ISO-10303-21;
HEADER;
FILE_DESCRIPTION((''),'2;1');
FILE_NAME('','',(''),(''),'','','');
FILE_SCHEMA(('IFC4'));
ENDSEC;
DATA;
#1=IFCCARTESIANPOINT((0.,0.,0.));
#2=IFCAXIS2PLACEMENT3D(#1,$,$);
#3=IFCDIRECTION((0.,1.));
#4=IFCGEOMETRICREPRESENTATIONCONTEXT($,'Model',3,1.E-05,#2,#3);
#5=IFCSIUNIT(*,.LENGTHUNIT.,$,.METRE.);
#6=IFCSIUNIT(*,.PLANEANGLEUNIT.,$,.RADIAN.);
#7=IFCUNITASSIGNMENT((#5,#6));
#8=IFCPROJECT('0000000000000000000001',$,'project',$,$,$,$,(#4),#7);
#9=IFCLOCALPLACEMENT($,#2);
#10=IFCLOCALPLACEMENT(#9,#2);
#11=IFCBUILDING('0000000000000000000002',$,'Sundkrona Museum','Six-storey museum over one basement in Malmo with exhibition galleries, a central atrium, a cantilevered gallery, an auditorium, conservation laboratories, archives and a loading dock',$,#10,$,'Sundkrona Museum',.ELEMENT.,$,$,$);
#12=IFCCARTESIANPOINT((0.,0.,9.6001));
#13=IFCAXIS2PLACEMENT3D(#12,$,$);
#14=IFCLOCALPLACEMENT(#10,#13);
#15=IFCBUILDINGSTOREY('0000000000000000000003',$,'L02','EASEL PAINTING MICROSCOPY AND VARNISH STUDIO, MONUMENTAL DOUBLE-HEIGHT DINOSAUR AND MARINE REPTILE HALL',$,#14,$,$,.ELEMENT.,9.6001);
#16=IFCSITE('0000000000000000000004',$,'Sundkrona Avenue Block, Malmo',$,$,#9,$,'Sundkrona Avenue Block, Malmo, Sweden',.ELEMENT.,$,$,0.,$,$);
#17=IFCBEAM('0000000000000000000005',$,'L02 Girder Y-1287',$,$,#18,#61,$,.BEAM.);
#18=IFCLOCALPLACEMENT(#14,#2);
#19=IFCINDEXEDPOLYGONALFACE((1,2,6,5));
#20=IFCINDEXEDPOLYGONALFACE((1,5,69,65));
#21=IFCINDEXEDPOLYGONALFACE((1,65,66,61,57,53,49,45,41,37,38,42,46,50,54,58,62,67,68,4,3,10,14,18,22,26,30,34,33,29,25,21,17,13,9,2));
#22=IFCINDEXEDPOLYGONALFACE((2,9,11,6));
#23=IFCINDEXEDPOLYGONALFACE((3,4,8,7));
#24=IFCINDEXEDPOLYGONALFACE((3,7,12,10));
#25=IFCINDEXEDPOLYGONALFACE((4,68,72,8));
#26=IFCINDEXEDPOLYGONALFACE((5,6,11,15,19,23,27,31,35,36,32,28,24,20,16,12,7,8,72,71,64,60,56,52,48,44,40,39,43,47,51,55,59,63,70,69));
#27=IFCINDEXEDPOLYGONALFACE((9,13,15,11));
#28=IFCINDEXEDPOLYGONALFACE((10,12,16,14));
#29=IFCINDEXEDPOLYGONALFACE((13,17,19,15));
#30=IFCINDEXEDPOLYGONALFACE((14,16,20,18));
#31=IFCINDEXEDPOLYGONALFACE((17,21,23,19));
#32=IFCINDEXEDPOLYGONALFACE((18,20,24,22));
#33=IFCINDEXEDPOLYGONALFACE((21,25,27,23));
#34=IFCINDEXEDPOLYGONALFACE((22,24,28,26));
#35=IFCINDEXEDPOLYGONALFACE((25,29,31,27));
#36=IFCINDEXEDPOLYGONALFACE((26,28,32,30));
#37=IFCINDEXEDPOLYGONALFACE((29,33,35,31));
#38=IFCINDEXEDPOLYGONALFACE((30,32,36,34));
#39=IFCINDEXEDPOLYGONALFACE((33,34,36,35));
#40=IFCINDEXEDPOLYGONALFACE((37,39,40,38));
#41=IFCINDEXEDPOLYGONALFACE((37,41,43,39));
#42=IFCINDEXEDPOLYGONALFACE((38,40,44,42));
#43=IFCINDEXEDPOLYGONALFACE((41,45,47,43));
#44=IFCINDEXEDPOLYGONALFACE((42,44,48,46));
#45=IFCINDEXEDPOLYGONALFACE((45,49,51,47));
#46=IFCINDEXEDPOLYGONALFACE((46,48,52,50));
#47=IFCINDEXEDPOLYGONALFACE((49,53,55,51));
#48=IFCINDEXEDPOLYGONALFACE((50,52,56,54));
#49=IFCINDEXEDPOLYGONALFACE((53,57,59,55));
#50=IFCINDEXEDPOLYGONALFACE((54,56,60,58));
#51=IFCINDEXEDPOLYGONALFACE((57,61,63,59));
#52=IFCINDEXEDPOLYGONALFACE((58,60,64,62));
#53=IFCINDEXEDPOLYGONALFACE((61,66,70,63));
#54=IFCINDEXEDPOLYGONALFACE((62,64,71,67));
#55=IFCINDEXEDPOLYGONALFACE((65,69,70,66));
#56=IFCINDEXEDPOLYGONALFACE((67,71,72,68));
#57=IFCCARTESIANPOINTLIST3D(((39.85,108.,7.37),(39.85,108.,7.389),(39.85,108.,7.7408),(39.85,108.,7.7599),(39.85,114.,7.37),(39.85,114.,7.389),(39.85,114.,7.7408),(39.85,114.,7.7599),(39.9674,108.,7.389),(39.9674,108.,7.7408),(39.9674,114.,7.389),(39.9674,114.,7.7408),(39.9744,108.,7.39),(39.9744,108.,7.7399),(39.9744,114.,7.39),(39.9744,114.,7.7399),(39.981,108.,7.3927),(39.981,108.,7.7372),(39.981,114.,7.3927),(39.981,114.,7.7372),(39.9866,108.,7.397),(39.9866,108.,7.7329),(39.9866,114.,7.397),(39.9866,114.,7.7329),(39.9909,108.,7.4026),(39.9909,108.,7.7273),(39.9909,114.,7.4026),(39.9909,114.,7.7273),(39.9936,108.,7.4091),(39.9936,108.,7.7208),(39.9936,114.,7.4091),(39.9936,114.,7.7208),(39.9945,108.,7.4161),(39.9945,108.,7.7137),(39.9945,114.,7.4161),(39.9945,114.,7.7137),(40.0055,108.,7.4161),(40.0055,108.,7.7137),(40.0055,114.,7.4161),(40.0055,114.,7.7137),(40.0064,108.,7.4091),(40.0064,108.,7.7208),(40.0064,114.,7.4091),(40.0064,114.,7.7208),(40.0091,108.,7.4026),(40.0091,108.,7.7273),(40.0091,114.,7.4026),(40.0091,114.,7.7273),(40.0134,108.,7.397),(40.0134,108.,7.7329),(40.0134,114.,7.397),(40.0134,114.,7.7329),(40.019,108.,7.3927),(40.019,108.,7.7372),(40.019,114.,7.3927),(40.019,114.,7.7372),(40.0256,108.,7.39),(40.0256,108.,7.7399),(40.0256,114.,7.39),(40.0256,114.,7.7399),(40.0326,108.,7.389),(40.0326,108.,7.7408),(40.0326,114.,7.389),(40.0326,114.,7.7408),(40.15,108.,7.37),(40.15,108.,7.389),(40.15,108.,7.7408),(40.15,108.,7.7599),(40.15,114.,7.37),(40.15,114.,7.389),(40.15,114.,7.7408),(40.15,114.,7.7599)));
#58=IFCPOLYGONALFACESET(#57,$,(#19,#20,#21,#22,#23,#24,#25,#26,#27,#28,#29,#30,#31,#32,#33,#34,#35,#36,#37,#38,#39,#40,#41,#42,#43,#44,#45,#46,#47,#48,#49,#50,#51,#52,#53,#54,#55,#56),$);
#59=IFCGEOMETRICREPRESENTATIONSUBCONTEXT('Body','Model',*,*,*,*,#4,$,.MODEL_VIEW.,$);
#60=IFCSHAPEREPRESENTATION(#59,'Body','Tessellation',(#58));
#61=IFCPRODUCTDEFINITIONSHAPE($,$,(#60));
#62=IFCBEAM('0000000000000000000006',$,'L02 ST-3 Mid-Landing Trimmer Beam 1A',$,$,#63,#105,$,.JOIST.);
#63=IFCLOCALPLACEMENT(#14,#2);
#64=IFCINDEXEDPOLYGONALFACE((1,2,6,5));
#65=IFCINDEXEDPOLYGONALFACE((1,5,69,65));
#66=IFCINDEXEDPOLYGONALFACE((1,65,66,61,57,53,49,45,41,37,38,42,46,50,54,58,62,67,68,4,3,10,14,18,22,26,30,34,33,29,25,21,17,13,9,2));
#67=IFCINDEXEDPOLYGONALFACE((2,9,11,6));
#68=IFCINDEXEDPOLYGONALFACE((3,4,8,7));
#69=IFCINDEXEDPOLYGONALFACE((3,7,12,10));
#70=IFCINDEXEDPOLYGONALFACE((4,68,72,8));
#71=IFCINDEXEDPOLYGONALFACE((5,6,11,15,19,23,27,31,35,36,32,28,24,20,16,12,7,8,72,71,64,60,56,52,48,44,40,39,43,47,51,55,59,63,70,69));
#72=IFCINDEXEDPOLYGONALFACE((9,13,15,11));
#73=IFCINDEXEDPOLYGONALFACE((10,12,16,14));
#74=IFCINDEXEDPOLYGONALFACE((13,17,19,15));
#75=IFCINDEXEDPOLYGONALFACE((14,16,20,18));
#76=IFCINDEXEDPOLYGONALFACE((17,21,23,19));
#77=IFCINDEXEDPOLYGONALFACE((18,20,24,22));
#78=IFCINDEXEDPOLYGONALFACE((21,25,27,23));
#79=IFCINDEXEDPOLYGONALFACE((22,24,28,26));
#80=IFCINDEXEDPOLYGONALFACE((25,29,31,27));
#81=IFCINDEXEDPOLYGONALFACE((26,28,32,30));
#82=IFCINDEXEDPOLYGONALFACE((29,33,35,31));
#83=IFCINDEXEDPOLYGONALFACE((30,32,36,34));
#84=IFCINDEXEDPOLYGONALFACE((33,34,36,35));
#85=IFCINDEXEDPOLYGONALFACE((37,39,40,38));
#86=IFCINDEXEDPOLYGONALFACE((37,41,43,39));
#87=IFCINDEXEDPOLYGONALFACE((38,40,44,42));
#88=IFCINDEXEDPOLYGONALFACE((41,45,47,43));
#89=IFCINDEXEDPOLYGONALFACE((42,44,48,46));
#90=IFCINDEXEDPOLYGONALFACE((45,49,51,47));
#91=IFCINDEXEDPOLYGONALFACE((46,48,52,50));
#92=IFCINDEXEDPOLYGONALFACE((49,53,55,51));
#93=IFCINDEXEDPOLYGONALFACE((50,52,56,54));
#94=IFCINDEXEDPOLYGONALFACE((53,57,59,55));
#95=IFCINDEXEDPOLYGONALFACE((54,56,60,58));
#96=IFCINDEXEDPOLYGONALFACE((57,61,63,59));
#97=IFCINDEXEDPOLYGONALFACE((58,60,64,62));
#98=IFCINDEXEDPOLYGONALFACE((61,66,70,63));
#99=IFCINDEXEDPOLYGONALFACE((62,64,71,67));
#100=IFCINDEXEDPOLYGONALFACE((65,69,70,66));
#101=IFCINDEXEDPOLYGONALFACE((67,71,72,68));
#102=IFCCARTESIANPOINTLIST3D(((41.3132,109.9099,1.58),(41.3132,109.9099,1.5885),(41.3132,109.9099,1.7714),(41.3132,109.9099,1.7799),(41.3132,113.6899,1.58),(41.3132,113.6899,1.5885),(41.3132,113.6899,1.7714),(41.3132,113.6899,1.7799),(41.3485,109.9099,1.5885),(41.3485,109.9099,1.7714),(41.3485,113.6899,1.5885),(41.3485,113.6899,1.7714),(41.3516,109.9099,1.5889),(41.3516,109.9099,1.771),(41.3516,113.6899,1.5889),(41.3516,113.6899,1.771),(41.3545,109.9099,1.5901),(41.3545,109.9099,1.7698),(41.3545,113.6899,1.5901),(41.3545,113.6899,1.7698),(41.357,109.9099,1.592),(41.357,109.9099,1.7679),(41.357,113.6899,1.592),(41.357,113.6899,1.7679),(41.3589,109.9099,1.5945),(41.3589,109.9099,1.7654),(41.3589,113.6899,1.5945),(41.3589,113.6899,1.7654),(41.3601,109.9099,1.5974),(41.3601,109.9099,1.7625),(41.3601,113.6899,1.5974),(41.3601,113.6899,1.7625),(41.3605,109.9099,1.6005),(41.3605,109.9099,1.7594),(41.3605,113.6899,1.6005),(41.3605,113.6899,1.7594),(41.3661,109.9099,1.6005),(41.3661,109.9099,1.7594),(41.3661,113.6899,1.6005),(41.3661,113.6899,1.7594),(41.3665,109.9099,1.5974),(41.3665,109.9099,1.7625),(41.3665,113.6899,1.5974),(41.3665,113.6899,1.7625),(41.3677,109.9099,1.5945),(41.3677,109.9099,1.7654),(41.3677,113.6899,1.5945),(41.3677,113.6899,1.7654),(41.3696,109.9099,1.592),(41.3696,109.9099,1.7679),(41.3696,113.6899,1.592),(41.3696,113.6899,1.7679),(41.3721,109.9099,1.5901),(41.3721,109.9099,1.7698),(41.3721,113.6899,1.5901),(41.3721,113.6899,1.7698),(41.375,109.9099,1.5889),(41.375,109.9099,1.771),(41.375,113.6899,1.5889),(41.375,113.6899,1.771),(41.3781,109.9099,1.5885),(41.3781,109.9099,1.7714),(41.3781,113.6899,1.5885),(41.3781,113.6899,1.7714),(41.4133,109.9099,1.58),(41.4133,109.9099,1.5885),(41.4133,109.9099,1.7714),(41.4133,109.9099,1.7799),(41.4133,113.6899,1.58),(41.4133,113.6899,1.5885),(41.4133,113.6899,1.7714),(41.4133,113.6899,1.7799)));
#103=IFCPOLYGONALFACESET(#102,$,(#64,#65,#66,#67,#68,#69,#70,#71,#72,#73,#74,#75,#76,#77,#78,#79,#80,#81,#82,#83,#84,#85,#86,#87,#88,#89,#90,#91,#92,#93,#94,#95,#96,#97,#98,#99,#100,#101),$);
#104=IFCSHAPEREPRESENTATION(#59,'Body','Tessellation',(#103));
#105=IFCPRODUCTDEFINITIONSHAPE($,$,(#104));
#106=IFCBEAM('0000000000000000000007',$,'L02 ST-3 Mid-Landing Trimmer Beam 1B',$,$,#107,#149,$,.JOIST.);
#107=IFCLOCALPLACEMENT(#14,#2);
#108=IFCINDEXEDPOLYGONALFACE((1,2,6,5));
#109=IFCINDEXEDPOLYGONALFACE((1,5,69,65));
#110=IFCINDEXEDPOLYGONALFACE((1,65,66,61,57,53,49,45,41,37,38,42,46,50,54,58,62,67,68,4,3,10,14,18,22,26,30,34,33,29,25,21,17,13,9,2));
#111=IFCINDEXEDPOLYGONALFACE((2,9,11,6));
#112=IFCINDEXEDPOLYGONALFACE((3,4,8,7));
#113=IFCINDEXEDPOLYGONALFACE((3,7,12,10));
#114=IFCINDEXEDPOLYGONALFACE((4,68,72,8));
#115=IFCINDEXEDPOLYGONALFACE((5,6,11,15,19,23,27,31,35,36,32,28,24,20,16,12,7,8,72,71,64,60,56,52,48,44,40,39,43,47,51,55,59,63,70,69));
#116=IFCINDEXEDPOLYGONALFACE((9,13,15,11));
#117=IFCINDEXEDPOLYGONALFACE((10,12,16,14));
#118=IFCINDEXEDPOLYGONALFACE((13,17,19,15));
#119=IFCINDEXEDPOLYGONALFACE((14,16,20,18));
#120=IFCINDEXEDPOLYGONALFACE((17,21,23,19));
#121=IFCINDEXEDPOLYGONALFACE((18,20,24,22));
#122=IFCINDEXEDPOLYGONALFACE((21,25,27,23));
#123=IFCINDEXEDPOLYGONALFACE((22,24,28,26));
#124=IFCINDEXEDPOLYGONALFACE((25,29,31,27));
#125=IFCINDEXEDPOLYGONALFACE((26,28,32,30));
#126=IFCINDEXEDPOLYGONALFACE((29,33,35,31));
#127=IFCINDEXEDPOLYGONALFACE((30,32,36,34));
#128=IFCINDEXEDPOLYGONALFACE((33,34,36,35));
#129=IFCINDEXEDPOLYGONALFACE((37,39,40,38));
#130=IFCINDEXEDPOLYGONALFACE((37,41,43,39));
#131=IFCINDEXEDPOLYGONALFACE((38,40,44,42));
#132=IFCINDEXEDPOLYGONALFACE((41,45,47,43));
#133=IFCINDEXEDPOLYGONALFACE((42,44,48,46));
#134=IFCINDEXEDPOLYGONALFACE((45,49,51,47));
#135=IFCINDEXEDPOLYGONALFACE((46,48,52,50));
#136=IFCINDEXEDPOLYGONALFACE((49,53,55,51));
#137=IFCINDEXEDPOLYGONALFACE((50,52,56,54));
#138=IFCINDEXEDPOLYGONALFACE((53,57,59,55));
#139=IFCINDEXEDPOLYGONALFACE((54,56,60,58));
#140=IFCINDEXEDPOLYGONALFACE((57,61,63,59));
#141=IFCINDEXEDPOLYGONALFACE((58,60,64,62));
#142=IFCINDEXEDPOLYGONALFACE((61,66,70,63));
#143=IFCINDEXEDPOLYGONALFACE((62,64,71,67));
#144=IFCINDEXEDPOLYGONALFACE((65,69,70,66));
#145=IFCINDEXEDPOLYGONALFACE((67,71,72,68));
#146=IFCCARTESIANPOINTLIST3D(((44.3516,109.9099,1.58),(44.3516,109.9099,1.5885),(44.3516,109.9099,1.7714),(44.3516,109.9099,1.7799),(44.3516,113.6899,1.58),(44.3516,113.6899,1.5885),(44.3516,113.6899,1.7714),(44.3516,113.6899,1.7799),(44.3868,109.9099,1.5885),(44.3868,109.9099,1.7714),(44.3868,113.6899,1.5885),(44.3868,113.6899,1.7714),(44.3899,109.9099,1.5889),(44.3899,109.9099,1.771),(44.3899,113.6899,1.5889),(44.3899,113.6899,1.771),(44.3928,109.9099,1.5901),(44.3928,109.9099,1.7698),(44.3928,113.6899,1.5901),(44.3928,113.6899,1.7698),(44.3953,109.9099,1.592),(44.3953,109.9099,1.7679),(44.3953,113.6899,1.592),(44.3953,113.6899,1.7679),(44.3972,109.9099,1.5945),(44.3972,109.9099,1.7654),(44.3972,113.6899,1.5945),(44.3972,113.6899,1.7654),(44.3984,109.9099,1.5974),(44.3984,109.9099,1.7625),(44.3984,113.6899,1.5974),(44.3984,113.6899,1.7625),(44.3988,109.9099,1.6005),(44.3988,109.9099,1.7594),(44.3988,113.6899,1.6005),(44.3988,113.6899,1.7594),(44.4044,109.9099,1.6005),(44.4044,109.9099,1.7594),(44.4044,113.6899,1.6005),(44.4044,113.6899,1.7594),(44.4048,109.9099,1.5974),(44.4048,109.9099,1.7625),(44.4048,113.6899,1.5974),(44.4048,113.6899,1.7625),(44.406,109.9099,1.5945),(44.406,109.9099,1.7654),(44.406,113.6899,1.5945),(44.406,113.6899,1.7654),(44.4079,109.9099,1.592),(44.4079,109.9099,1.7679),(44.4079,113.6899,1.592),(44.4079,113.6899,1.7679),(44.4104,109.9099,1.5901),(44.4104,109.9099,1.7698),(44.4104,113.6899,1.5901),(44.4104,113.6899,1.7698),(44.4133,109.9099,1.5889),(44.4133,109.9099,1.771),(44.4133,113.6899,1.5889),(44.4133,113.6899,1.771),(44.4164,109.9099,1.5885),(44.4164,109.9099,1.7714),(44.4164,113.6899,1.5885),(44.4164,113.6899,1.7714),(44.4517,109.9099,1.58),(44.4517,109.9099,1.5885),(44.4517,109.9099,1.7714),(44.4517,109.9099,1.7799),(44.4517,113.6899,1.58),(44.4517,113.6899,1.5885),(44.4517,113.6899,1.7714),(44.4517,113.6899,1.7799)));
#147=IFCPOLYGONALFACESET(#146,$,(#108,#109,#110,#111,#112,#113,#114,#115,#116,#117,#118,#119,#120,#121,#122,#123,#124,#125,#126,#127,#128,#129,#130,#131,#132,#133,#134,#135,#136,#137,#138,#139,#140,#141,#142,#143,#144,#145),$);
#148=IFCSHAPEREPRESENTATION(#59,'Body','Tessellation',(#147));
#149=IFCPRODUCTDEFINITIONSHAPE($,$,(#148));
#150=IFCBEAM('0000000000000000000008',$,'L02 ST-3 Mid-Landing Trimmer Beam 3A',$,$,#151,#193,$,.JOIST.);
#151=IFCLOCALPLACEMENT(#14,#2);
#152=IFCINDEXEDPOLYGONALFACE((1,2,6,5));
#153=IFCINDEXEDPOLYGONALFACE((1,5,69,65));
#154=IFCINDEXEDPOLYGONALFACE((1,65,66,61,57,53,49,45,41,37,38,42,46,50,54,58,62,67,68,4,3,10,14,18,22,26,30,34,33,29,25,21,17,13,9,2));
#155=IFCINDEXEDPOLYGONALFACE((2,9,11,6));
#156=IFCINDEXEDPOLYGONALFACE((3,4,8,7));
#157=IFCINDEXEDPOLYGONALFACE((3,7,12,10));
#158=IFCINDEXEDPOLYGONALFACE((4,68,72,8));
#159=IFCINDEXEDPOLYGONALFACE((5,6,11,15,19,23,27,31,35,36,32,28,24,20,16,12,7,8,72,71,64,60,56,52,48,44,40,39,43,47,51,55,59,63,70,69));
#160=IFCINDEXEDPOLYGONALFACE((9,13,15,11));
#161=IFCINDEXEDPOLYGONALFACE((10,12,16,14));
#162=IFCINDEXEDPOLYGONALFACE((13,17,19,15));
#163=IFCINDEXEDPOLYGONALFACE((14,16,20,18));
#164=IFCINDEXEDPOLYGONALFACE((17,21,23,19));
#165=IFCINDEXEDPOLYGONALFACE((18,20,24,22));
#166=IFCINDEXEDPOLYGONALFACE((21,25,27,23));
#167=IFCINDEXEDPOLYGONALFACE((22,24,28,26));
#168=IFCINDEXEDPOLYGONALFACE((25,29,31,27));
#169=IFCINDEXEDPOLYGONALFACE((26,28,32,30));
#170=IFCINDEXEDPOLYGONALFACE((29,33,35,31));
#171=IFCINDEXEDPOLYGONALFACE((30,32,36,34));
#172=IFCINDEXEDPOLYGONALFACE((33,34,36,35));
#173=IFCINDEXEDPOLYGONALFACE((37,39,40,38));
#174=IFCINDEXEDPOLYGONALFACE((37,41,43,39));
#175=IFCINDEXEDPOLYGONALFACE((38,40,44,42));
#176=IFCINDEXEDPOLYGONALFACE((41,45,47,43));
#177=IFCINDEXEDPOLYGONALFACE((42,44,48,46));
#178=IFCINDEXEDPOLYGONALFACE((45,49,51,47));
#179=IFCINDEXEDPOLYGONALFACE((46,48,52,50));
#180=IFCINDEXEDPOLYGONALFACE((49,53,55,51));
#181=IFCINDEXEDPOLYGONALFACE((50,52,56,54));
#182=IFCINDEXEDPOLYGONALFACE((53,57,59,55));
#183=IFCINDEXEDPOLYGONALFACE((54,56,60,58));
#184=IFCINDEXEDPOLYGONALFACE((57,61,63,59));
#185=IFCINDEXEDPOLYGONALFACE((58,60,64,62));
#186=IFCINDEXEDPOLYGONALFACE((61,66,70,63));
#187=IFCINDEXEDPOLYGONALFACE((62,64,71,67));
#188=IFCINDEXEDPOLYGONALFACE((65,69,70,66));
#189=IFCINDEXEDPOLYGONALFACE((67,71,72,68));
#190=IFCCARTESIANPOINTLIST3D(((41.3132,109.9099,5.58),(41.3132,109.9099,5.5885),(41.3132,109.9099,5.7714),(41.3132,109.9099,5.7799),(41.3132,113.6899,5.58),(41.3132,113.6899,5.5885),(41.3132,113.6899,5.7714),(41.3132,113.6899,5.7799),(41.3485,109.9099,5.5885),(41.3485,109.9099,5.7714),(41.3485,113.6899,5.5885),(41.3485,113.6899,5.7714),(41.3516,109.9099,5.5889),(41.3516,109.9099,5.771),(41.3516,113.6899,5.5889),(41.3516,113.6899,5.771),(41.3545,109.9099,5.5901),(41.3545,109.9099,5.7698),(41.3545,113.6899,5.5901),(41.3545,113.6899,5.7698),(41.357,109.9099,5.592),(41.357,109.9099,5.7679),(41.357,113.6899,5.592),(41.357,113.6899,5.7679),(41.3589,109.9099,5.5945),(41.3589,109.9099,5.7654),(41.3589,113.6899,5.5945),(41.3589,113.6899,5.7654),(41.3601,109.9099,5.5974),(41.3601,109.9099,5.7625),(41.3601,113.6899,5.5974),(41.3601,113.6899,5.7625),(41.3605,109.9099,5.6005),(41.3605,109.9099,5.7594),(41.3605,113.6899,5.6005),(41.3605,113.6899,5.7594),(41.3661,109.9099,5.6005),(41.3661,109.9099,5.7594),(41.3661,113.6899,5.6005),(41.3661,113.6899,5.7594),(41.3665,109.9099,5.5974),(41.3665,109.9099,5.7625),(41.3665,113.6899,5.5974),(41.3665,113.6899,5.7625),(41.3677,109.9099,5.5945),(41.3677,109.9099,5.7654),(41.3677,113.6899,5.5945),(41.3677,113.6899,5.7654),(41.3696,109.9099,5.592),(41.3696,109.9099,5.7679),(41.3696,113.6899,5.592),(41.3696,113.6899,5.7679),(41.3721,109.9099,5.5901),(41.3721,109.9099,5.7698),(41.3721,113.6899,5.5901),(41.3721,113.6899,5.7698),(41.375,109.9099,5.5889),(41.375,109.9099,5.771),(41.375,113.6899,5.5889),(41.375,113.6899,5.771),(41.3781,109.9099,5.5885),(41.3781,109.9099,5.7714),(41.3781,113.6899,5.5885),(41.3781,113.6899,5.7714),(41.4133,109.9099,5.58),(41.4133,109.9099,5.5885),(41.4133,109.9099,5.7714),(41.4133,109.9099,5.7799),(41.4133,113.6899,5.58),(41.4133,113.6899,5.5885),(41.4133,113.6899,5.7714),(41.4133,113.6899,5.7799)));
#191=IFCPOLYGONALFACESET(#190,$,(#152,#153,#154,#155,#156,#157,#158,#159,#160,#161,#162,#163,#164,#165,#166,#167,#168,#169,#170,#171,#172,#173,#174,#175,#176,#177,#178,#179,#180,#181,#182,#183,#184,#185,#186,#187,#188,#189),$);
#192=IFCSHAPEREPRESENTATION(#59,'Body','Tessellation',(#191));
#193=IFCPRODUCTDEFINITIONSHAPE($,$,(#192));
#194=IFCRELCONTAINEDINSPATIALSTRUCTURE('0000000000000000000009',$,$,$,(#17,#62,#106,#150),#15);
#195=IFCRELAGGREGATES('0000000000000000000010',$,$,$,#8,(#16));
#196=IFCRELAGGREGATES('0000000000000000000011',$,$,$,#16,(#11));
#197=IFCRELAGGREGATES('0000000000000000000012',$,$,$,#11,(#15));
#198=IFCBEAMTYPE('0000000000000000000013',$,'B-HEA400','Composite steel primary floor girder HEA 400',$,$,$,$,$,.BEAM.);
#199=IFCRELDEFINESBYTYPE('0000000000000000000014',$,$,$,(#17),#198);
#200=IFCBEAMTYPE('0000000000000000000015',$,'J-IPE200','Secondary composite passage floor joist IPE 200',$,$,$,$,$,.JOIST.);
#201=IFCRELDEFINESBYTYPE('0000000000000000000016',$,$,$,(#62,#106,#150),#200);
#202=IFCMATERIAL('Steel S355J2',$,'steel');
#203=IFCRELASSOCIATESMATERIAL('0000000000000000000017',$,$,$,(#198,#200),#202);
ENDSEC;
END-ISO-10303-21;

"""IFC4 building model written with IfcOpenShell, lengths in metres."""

from ifc_helpers import new_model, si_unit, direction, frame, origin, origin_2d, place, context, subcontext, project, spatial, i_section, extrude, material, material_profile, profile_set, type_object, element, save


model = new_model("IFC4")

# Units and contexts
model_context = context("Model", 3, precision=1e-05, world=origin(), true_north=direction((0.0, 1.0)))
body_context = subcontext(model_context, "Body", "Model", "MODEL_VIEW")
ifc_project = project(units=[si_unit("LENGTHUNIT", "METRE"), si_unit("PLANEANGLEUNIT", "RADIAN")], contexts=[model_context])

# Site, building, storey
site_placement = place(None, origin())
site = spatial("IfcSite", under=ifc_project, at=site_placement, Name="Sundkrona Avenue Block, Malmo", LongName="Sundkrona Avenue Block, Malmo, Sweden", CompositionType="ELEMENT", RefElevation=0.0)
building_placement = place(site_placement, origin())
building = spatial("IfcBuilding", under=site, at=building_placement, Name="Sundkrona Museum", Description="Six-storey museum over one basement in Malmo with exhibition galleries, a central atrium, a cantilevered gallery, an auditorium, conservation laboratories, archives and a loading dock", LongName="Sundkrona Museum", CompositionType="ELEMENT")
storey_placement = place(building_placement, frame((0.0, 0.0, 9.6001)))
storey = spatial("IfcBuildingStorey", under=building, at=storey_placement, Name="L02", Description="EASEL PAINTING MICROSCOPY AND VARNISH STUDIO, MONUMENTAL DOUBLE-HEIGHT DINOSAUR AND MARINE REPTILE HALL", CompositionType="ELEMENT", Elevation=9.6001)

# Shared definitions
ifc_material_1 = material(Name="Steel S355J2", Category="steel")

# Beams
ifc_material_profile_1 = material_profile(ifc_material_1, i_section(OverallWidth=0.3, OverallDepth=0.3899, WebThickness=0.011, FlangeThickness=0.019, FilletRadius=0.0271, at=origin_2d()), Name="HEA 400")
ifc_profile_set_1 = profile_set([ifc_material_profile_1], Name="Steel S355J2")
beam_type_1 = type_object("IfcBeamType", Name="B-HEA400", Description="Composite steel primary floor girder HEA 400", PredefinedType="BEAM", material=ifc_profile_set_1)
beam_1_placement = place(storey_placement, frame((40.0, 108.0, 7.5649), z_axis=(0.0, 1.0, 0.0), x_axis=(-1.0, 0.0, 0.0)))
element("IfcBeam", 1, at=beam_1_placement, inside=storey, type_object=beam_type_1, Name="L02 Girder Y-1287", PredefinedType="BEAM", context=body_context, shape_type="SweptSolid", body=[
    extrude(i_section(OverallWidth=0.3, OverallDepth=0.3899, WebThickness=0.011, FlangeThickness=0.019, FilletRadius=0.0271, at=origin_2d()), origin(), (0.0, 0.0, 1.0), 6.0),
])
ifc_material_profile_2 = material_profile(ifc_material_1, i_section(OverallWidth=0.1001, OverallDepth=0.2, WebThickness=0.0056, FlangeThickness=0.0085, FilletRadius=0.012, at=origin_2d()), Name="IPE 200")
ifc_profile_set_2 = profile_set([ifc_material_profile_2], Name="Steel S355J2")
beam_type_2 = type_object("IfcBeamType", Name="J-IPE200", Description="Secondary composite passage floor joist IPE 200", PredefinedType="JOIST", material=ifc_profile_set_2)
for number, where, z_axis, x_axis, name in (
    (2, (41.3633, 109.9099, 1.6799), (0.0, 1.0, 0.0), (-1.0, 0.0, 0.0), "L02 ST-3 Mid-Landing Trimmer Beam 1A"),
    (3, (44.4016, 109.9099, 1.6799), (0.0, 1.0, 0.0), (-1.0, 0.0, 0.0), "L02 ST-3 Mid-Landing Trimmer Beam 1B"),
    (4, (41.3633, 109.9099, 5.6799), (0.0, 1.0, 0.0), (-1.0, 0.0, 0.0), "L02 ST-3 Mid-Landing Trimmer Beam 3A"),
):
    element("IfcBeam", number, at=place(storey_placement, frame(where, z_axis=z_axis, x_axis=x_axis)), inside=storey, type_object=beam_type_2, Name=name, PredefinedType="JOIST", context=body_context, shape_type="SweptSolid", body=[
        extrude(i_section(OverallWidth=0.1001, OverallDepth=0.2, WebThickness=0.0056, FlangeThickness=0.0085, FilletRadius=0.012, at=origin_2d()), origin(), (0.0, 0.0, 1.0), 3.78),
    ])

save(model, "model.ifc")
